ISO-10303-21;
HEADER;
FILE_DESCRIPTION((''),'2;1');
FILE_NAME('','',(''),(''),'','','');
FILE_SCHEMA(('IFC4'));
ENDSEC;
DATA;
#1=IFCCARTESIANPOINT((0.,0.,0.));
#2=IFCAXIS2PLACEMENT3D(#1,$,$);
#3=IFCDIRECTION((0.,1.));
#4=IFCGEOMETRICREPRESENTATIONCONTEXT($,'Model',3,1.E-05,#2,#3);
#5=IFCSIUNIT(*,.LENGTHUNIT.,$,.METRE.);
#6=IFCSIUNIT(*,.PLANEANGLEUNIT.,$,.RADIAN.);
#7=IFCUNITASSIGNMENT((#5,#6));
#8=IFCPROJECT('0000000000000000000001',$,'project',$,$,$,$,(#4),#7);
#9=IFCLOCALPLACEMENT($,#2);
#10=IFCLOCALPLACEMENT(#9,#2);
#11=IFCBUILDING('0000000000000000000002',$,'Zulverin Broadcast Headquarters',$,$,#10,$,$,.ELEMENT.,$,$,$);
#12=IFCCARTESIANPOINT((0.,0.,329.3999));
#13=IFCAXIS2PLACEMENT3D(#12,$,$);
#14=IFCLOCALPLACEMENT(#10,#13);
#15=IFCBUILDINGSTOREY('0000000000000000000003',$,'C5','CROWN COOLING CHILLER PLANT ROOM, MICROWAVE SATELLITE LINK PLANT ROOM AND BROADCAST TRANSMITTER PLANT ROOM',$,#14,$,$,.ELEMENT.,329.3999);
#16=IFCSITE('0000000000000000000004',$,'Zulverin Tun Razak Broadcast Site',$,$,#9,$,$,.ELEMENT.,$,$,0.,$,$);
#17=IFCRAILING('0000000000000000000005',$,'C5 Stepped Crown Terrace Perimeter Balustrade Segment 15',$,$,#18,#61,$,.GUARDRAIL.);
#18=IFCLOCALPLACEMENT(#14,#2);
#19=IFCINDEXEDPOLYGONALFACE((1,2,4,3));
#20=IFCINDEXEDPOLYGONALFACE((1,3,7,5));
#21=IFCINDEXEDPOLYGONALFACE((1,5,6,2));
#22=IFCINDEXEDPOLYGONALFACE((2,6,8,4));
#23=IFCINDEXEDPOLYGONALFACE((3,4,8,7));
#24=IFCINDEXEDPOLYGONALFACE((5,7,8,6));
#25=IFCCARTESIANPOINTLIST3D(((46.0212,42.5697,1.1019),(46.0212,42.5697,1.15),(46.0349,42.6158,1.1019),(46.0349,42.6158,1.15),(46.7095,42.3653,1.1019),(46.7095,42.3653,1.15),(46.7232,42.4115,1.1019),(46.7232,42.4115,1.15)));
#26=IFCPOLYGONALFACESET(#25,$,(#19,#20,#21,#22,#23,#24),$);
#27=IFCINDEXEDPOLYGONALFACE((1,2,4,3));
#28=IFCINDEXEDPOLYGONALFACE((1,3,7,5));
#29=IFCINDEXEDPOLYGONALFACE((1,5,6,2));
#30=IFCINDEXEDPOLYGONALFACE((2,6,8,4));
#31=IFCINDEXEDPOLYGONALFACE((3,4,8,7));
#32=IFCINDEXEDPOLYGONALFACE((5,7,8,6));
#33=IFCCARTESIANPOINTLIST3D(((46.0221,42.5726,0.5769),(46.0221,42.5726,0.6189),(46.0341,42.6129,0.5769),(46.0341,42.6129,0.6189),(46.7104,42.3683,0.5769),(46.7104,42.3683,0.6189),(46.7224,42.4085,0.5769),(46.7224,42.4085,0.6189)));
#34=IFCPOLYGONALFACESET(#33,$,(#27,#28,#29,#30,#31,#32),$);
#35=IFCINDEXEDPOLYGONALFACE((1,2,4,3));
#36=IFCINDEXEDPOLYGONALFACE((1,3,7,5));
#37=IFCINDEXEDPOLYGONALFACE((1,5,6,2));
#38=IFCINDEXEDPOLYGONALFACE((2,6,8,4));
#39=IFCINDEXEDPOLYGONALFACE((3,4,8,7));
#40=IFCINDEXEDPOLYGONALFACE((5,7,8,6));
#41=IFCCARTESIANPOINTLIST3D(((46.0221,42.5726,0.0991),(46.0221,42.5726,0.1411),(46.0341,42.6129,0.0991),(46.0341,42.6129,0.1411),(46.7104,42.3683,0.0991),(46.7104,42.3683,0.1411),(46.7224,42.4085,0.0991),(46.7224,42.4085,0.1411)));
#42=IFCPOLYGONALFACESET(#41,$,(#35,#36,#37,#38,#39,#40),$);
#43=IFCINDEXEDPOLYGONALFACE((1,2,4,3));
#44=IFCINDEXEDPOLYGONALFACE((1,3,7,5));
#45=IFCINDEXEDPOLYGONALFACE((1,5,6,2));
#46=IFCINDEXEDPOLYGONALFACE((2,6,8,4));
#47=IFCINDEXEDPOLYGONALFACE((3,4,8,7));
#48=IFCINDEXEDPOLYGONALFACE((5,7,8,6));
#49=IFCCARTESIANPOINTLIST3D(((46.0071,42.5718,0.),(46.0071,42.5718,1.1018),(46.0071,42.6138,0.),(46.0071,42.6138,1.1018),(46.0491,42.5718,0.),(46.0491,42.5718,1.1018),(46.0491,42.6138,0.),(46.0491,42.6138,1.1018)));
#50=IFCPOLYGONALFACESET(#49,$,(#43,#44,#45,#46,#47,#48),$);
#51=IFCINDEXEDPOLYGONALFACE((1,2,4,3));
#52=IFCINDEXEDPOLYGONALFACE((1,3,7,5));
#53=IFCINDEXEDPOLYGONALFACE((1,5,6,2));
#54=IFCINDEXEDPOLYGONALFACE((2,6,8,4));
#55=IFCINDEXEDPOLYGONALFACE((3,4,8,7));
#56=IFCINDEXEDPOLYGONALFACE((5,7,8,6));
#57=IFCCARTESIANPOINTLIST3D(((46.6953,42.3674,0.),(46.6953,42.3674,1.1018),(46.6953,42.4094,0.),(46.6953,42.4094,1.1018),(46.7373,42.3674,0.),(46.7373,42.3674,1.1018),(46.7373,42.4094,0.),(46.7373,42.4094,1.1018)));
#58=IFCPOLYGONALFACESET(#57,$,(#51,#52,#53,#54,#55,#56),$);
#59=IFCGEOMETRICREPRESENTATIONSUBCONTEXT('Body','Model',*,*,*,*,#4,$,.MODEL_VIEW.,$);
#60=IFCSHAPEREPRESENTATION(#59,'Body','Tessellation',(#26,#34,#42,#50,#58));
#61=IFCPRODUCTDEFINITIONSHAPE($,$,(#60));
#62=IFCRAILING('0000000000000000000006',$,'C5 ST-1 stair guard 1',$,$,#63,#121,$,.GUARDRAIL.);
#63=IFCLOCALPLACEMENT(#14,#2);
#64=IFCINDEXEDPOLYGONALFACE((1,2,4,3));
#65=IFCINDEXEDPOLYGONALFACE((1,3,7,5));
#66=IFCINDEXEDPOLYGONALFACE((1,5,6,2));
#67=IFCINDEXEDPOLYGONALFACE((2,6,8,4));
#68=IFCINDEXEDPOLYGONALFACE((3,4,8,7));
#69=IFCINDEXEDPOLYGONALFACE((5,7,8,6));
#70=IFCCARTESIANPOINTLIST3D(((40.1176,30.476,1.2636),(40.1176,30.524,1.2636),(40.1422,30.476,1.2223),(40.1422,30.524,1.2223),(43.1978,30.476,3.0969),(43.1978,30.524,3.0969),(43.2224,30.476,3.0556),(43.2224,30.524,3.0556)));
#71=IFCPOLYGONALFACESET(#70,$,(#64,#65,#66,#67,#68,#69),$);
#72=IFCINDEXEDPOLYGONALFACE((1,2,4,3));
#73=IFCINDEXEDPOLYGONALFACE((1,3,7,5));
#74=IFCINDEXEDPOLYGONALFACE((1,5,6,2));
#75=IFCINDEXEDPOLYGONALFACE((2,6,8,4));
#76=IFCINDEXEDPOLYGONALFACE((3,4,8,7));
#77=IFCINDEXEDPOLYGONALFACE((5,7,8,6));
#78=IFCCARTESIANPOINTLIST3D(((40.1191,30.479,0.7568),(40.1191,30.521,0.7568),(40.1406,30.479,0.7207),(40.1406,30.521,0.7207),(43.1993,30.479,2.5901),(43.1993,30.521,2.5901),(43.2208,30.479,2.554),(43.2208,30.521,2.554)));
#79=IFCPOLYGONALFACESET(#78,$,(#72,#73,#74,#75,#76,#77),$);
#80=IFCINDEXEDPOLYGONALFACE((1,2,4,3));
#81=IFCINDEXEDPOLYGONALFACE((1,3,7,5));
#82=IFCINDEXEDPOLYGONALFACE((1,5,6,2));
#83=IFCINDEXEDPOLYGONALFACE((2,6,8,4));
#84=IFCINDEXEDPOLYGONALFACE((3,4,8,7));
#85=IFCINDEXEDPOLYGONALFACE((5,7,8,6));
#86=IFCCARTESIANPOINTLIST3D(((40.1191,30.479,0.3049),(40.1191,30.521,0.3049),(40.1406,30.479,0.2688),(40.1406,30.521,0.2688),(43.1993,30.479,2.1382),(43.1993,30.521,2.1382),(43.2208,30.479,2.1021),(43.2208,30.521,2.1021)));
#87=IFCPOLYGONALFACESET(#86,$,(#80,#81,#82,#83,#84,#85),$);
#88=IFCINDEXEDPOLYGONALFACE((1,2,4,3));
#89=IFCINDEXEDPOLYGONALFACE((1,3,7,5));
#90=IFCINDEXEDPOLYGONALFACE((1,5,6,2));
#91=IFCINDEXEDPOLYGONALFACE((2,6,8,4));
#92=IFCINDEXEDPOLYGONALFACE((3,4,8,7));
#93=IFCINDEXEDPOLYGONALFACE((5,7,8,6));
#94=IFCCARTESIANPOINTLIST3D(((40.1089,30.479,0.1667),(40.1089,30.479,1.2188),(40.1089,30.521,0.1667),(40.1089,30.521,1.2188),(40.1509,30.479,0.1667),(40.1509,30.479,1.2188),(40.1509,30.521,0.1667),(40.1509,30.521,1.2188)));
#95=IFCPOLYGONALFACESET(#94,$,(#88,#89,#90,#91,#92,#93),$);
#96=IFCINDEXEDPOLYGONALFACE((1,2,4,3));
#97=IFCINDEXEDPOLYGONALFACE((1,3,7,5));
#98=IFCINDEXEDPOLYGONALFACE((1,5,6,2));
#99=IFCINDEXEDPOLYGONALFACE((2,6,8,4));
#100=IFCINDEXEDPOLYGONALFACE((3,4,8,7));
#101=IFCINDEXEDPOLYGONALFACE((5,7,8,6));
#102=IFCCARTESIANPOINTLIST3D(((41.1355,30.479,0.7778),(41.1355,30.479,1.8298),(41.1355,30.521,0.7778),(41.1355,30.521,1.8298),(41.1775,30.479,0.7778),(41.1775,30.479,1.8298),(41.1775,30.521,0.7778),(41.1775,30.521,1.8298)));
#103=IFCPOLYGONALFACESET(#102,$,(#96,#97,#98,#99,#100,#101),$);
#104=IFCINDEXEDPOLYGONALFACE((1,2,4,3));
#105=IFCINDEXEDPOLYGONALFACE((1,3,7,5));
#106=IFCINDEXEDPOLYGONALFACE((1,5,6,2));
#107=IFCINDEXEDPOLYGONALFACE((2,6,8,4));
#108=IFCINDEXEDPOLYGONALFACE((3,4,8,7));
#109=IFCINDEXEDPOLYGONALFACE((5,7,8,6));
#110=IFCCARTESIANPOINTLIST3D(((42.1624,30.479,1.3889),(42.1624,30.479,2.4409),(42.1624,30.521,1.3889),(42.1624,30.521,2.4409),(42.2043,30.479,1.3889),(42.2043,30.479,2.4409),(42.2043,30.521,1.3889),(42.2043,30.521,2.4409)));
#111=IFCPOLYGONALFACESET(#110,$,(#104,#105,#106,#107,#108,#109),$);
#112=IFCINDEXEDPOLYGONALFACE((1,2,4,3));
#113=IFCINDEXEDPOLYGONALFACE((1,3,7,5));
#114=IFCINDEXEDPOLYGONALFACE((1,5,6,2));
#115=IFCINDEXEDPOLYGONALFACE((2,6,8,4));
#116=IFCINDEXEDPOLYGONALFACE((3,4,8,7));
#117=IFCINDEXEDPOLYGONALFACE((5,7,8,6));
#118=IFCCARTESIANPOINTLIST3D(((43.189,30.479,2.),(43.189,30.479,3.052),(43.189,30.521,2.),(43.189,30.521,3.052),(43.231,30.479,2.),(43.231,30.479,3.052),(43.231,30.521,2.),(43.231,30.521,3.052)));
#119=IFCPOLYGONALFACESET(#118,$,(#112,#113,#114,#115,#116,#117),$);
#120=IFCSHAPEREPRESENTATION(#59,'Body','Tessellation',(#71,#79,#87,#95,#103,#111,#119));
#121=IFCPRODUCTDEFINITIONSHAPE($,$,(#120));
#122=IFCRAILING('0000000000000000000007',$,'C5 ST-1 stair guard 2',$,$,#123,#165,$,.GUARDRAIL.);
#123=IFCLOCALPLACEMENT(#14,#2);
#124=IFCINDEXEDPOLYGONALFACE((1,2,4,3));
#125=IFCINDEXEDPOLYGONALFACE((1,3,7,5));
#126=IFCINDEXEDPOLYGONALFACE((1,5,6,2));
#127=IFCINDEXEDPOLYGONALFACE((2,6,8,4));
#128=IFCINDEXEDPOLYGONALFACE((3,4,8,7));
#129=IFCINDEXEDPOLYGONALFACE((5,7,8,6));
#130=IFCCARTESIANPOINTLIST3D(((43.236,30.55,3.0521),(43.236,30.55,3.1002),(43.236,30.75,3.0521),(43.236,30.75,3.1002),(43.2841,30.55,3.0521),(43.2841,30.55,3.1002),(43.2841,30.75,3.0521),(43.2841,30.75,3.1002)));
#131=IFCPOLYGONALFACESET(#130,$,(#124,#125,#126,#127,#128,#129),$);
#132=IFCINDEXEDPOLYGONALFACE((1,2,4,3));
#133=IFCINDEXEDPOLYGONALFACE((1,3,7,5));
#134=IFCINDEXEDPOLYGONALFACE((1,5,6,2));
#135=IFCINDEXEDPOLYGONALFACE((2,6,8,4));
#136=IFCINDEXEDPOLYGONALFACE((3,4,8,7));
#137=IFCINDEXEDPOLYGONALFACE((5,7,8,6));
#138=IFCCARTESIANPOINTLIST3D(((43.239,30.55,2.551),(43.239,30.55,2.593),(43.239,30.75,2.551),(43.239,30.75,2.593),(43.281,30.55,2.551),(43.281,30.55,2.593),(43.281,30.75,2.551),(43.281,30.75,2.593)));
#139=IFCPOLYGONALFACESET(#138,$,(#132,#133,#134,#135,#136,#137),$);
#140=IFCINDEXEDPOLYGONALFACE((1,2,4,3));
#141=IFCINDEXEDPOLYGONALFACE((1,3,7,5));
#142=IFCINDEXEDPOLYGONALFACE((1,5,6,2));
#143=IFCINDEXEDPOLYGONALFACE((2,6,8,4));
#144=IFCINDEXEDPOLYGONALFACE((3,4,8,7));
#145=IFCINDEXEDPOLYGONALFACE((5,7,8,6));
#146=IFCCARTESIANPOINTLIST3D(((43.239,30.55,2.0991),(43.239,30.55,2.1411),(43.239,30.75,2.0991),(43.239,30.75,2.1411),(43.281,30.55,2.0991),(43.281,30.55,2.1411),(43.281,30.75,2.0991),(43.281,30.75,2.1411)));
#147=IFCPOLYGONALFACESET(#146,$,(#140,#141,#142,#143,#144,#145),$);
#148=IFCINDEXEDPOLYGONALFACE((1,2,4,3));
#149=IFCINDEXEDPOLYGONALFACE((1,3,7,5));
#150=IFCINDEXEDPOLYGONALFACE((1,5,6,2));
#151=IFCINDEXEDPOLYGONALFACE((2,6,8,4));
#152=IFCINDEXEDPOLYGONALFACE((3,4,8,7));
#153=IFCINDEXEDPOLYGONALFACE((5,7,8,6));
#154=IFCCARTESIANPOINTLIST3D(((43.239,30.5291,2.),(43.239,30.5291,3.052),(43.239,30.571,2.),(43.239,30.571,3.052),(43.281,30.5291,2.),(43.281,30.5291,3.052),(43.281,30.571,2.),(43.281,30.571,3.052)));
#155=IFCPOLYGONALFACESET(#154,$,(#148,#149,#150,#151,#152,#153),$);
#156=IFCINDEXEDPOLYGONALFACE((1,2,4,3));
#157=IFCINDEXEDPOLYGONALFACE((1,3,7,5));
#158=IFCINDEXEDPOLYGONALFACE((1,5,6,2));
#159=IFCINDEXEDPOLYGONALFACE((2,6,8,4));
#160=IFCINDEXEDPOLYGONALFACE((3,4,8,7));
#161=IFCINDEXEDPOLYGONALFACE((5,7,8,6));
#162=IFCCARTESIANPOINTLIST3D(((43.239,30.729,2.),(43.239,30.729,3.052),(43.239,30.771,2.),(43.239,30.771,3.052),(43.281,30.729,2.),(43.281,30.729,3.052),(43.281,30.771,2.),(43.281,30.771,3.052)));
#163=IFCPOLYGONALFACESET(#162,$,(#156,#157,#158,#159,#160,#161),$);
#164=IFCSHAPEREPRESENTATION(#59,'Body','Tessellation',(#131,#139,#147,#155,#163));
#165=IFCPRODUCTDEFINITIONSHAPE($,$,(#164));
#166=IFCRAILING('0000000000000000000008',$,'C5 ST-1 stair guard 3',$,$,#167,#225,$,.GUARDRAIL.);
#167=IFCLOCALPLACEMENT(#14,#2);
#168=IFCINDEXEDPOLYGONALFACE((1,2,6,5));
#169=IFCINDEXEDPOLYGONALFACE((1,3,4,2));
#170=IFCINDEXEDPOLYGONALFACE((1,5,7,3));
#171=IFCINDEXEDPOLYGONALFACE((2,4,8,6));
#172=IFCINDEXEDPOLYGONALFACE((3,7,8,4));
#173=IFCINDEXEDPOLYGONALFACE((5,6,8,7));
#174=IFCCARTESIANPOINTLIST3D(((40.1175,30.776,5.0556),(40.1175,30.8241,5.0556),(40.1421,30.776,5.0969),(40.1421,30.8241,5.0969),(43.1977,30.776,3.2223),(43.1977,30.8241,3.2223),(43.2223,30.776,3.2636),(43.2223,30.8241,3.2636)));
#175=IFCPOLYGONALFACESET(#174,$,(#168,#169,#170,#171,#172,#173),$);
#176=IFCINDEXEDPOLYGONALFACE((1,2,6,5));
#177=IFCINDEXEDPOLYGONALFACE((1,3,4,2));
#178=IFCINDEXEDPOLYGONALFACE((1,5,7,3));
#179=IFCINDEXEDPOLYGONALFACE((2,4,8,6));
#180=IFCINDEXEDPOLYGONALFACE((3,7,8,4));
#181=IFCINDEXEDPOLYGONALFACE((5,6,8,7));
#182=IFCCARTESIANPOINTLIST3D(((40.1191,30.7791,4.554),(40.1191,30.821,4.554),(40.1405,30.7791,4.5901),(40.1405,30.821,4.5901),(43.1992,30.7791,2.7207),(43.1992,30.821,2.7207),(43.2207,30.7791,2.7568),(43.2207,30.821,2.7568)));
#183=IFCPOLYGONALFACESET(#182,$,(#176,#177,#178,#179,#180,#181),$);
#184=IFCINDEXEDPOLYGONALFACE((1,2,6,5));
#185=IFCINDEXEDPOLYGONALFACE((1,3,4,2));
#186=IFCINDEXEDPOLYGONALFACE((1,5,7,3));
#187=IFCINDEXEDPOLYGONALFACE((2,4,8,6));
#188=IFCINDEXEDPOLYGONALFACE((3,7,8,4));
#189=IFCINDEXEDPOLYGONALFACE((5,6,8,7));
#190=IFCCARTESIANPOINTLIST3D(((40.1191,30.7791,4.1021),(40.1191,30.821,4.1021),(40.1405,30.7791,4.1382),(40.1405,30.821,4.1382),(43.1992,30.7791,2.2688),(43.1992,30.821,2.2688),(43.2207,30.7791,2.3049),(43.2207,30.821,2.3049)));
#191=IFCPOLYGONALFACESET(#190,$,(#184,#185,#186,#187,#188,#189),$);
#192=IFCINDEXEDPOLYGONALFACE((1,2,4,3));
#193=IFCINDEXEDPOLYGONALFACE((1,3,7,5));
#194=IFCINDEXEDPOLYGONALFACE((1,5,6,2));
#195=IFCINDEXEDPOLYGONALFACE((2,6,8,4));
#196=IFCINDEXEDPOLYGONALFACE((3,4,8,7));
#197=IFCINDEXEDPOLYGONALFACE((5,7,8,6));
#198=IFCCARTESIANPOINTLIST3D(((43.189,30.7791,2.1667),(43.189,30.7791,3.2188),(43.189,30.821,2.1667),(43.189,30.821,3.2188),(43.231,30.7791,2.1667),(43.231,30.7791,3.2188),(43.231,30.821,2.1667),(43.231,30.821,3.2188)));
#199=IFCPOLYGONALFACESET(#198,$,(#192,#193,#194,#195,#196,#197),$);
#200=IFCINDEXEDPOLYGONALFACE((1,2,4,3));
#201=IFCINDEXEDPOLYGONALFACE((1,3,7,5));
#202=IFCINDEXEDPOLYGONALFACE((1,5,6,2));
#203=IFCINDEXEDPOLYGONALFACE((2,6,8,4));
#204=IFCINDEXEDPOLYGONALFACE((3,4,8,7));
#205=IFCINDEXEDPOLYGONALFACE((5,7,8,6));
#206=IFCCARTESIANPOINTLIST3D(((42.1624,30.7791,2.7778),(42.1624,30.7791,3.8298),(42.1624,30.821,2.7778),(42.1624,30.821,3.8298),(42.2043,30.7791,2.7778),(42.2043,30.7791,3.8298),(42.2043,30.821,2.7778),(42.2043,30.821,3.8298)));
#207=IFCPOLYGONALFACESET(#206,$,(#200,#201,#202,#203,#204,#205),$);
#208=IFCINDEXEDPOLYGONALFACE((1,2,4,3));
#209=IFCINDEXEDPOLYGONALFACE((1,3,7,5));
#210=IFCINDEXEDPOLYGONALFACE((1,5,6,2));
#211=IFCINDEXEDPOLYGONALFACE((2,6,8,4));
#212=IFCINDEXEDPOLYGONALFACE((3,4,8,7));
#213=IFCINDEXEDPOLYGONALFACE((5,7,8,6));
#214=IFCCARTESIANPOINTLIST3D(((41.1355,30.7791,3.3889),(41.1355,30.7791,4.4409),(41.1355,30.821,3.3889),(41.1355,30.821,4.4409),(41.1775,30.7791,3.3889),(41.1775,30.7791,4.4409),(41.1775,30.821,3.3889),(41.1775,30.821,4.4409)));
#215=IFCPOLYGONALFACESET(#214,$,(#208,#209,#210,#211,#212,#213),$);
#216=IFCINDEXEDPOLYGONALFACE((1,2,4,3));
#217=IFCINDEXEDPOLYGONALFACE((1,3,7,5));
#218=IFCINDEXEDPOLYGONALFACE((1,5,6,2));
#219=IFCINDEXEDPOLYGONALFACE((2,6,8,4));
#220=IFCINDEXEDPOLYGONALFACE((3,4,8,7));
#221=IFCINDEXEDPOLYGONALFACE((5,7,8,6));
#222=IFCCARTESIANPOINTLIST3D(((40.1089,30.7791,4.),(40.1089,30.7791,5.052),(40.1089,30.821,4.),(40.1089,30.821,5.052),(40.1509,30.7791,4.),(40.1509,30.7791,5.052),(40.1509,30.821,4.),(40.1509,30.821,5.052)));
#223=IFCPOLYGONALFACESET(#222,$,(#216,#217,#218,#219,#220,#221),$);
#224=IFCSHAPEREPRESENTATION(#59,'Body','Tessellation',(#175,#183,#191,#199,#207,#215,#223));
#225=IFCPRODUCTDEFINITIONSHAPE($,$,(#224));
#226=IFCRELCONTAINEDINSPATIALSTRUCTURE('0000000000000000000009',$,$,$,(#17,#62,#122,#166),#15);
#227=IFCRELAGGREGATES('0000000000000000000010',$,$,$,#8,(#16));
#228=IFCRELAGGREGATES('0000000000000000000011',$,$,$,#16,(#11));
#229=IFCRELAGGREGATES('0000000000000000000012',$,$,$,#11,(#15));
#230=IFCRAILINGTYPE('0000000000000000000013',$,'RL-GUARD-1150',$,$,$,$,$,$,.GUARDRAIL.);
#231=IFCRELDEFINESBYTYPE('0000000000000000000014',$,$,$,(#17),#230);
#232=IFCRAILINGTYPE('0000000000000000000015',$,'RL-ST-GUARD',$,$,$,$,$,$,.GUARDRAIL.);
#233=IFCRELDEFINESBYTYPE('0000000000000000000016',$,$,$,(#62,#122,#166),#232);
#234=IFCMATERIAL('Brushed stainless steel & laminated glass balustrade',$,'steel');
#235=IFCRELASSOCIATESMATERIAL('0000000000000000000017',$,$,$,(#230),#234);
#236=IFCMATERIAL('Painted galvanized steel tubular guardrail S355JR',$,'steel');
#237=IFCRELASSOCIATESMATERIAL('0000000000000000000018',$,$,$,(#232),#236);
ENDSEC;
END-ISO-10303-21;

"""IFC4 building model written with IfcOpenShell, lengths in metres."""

from ifc_helpers import new_model, si_unit, direction, frame, origin, origin_2d, place, context, subcontext, project, spatial, rectangle, extrude, material, type_object, element, save


model = new_model("IFC4")

# Units and contexts
model_context = context("Model", 3, precision=1e-05, world=origin(), true_north=direction((0.0, 1.0)))
body_context = subcontext(model_context, "Body", "Model", "MODEL_VIEW")
ifc_project = project(units=[si_unit("LENGTHUNIT", "METRE"), si_unit("PLANEANGLEUNIT", "RADIAN")], contexts=[model_context])

# Site, building, storey
site_placement = place(None, origin())
site = spatial("IfcSite", under=ifc_project, at=site_placement, Name="Zulverin Tun Razak Broadcast Site", CompositionType="ELEMENT", RefElevation=0.0)
building_placement = place(site_placement, origin())
building = spatial("IfcBuilding", under=site, at=building_placement, Name="Zulverin Broadcast Headquarters", CompositionType="ELEMENT")
storey_placement = place(building_placement, frame((0.0, 0.0, 329.3999)))
storey = spatial("IfcBuildingStorey", under=building, at=storey_placement, Name="C5", Description="CROWN COOLING CHILLER PLANT ROOM, MICROWAVE SATELLITE LINK PLANT ROOM AND BROADCAST TRANSMITTER PLANT ROOM", CompositionType="ELEMENT", Elevation=329.3999)

# Railings
ifc_material_1 = material(Name="Brushed stainless steel & laminated glass balustrade", Category="steel")
railing_type_1 = type_object("IfcRailingType", Name="RL-GUARD-1150", PredefinedType="GUARDRAIL", material=ifc_material_1)
railing_1_placement = place(storey_placement, frame((46.0281, 42.5928, 0.0)))
element("IfcRailing", 1, at=railing_1_placement, inside=storey, type_object=railing_type_1, Name="C5 Stepped Crown Terrace Perimeter Balustrade Segment 15", PredefinedType="GUARDRAIL", context=body_context, shape_type="SweptSolid", body=[
    extrude(rectangle(XDim=0.0481, YDim=0.0481, at=origin_2d()), frame((0.0, 0.0, 1.126), z_axis=(0.958637, -0.284632, 0.0), x_axis=(0.284632, 0.958637, 0.0)), (0.0, 0.0, 1.0), 0.718),
    extrude(rectangle(XDim=0.042, YDim=0.042, at=origin_2d()), frame((0.0, 0.0, 0.5979), z_axis=(0.958637, -0.284632, 0.0), x_axis=(0.284632, 0.958637, 0.0)), (0.0, 0.0, 1.0), 0.718),
    extrude(rectangle(XDim=0.042, YDim=0.042, at=origin_2d()), frame((0.0, 0.0, 0.1201), z_axis=(0.958637, -0.284632, 0.0), x_axis=(0.284632, 0.958637, 0.0)), (0.0, 0.0, 1.0), 0.718),
    extrude(rectangle(XDim=0.042, YDim=0.042, at=origin_2d()), origin(), (0.0, 0.0, 1.0), 1.1018),
    extrude(rectangle(XDim=0.042, YDim=0.042, at=origin_2d()), frame((0.6882, -0.2043, 0.0)), (0.0, 0.0, 1.0), 1.1018),
])
ifc_material_2 = material(Name="Painted galvanized steel tubular guardrail S355JR", Category="steel")
railing_type_2 = type_object("IfcRailingType", Name="RL-ST-GUARD", PredefinedType="GUARDRAIL", material=ifc_material_2)
railing_2_placement = place(storey_placement, frame((40.1299, 30.5, 0.1667)))
element("IfcRailing", 2, at=railing_2_placement, inside=storey, type_object=railing_type_2, Name="C5 ST-1 stair guard 1", PredefinedType="GUARDRAIL", context=body_context, shape_type="SweptSolid", body=[
    extrude(rectangle(XDim=0.0481, YDim=0.0481, at=origin_2d()), frame((0.0, 0.0, 1.0762), z_axis=(0.859309, 0.0, 0.511458), x_axis=(0.0, 1.0, 0.0)), (0.0, 0.0, 1.0), 3.5845),
    extrude(rectangle(XDim=0.042, YDim=0.042, at=origin_2d()), frame((0.0, 0.0, 0.572), z_axis=(0.859309, 0.0, 0.511458), x_axis=(0.0, 1.0, 0.0)), (0.0, 0.0, 1.0), 3.5845),
    extrude(rectangle(XDim=0.042, YDim=0.042, at=origin_2d()), frame((0.0, 0.0, 0.1201), z_axis=(0.859309, 0.0, 0.511458), x_axis=(0.0, 1.0, 0.0)), (0.0, 0.0, 1.0), 3.5845),
    extrude(rectangle(XDim=0.042, YDim=0.042, at=origin_2d()), origin(), (0.0, 0.0, 1.0), 1.052),
    extrude(rectangle(XDim=0.042, YDim=0.042, at=origin_2d()), frame((1.0266, 0.0, 0.6111)), (0.0, 0.0, 1.0), 1.052),
    extrude(rectangle(XDim=0.042, YDim=0.042, at=origin_2d()), frame((2.0535, 0.0, 1.2222)), (0.0, 0.0, 1.0), 1.052),
    extrude(rectangle(XDim=0.042, YDim=0.042, at=origin_2d()), frame((3.0801, 0.0, 1.8333)), (0.0, 0.0, 1.0), 1.052),
])
railing_3_placement = place(storey_placement, frame((43.26, 30.55, 2.0)))
element("IfcRailing", 3, at=railing_3_placement, inside=storey, type_object=railing_type_2, Name="C5 ST-1 stair guard 2", PredefinedType="GUARDRAIL", context=body_context, shape_type="SweptSolid", body=[
    extrude(rectangle(XDim=0.0481, YDim=0.0481, at=origin_2d()), frame((0.0, 0.0, 1.0762), z_axis=(0.0, 1.0, 0.0), x_axis=(-1.0, 0.0, 0.0)), (0.0, 0.0, 1.0), 0.2),
    extrude(rectangle(XDim=0.042, YDim=0.042, at=origin_2d()), frame((0.0, 0.0, 0.572), z_axis=(0.0, 1.0, 0.0), x_axis=(-1.0, 0.0, 0.0)), (0.0, 0.0, 1.0), 0.2),
    extrude(rectangle(XDim=0.042, YDim=0.042, at=origin_2d()), frame((0.0, 0.0, 0.1201), z_axis=(0.0, 1.0, 0.0), x_axis=(-1.0, 0.0, 0.0)), (0.0, 0.0, 1.0), 0.2),
    extrude(rectangle(XDim=0.042, YDim=0.042, at=origin_2d()), origin(), (0.0, 0.0, 1.0), 1.052),
    extrude(rectangle(XDim=0.042, YDim=0.042, at=origin_2d()), frame((0.0, 0.2, 0.0)), (0.0, 0.0, 1.0), 1.052),
])
railing_4_placement = place(storey_placement, frame((43.21, 30.8, 2.1667)))
element("IfcRailing", 4, at=railing_4_placement, inside=storey, type_object=railing_type_2, Name="C5 ST-1 stair guard 3", PredefinedType="GUARDRAIL", context=body_context, shape_type="SweptSolid", body=[
    extrude(rectangle(XDim=0.0481, YDim=0.0481, at=origin_2d()), frame((0.0, 0.0, 1.0762), z_axis=(-0.859309, 0.0, 0.511458), x_axis=(0.0, -1.0, 0.0)), (0.0, 0.0, 1.0), 3.5845),
    extrude(rectangle(XDim=0.042, YDim=0.042, at=origin_2d()), frame((0.0, 0.0, 0.572), z_axis=(-0.859309, 0.0, 0.511458), x_axis=(0.0, -1.0, 0.0)), (0.0, 0.0, 1.0), 3.5845),
    extrude(rectangle(XDim=0.042, YDim=0.042, at=origin_2d()), frame((0.0, 0.0, 0.1201), z_axis=(-0.859309, 0.0, 0.511458), x_axis=(0.0, -1.0, 0.0)), (0.0, 0.0, 1.0), 3.5845),
    extrude(rectangle(XDim=0.042, YDim=0.042, at=origin_2d()), origin(), (0.0, 0.0, 1.0), 1.052),
    extrude(rectangle(XDim=0.042, YDim=0.042, at=origin_2d()), frame((-1.0266, 0.0, 0.6111)), (0.0, 0.0, 1.0), 1.052),
    extrude(rectangle(XDim=0.042, YDim=0.042, at=origin_2d()), frame((-2.0535, 0.0, 1.2222)), (0.0, 0.0, 1.0), 1.052),
    extrude(rectangle(XDim=0.042, YDim=0.042, at=origin_2d()), frame((-3.0801, 0.0, 1.8333)), (0.0, 0.0, 1.0), 1.052),
])

save(model, "model.ifc")
